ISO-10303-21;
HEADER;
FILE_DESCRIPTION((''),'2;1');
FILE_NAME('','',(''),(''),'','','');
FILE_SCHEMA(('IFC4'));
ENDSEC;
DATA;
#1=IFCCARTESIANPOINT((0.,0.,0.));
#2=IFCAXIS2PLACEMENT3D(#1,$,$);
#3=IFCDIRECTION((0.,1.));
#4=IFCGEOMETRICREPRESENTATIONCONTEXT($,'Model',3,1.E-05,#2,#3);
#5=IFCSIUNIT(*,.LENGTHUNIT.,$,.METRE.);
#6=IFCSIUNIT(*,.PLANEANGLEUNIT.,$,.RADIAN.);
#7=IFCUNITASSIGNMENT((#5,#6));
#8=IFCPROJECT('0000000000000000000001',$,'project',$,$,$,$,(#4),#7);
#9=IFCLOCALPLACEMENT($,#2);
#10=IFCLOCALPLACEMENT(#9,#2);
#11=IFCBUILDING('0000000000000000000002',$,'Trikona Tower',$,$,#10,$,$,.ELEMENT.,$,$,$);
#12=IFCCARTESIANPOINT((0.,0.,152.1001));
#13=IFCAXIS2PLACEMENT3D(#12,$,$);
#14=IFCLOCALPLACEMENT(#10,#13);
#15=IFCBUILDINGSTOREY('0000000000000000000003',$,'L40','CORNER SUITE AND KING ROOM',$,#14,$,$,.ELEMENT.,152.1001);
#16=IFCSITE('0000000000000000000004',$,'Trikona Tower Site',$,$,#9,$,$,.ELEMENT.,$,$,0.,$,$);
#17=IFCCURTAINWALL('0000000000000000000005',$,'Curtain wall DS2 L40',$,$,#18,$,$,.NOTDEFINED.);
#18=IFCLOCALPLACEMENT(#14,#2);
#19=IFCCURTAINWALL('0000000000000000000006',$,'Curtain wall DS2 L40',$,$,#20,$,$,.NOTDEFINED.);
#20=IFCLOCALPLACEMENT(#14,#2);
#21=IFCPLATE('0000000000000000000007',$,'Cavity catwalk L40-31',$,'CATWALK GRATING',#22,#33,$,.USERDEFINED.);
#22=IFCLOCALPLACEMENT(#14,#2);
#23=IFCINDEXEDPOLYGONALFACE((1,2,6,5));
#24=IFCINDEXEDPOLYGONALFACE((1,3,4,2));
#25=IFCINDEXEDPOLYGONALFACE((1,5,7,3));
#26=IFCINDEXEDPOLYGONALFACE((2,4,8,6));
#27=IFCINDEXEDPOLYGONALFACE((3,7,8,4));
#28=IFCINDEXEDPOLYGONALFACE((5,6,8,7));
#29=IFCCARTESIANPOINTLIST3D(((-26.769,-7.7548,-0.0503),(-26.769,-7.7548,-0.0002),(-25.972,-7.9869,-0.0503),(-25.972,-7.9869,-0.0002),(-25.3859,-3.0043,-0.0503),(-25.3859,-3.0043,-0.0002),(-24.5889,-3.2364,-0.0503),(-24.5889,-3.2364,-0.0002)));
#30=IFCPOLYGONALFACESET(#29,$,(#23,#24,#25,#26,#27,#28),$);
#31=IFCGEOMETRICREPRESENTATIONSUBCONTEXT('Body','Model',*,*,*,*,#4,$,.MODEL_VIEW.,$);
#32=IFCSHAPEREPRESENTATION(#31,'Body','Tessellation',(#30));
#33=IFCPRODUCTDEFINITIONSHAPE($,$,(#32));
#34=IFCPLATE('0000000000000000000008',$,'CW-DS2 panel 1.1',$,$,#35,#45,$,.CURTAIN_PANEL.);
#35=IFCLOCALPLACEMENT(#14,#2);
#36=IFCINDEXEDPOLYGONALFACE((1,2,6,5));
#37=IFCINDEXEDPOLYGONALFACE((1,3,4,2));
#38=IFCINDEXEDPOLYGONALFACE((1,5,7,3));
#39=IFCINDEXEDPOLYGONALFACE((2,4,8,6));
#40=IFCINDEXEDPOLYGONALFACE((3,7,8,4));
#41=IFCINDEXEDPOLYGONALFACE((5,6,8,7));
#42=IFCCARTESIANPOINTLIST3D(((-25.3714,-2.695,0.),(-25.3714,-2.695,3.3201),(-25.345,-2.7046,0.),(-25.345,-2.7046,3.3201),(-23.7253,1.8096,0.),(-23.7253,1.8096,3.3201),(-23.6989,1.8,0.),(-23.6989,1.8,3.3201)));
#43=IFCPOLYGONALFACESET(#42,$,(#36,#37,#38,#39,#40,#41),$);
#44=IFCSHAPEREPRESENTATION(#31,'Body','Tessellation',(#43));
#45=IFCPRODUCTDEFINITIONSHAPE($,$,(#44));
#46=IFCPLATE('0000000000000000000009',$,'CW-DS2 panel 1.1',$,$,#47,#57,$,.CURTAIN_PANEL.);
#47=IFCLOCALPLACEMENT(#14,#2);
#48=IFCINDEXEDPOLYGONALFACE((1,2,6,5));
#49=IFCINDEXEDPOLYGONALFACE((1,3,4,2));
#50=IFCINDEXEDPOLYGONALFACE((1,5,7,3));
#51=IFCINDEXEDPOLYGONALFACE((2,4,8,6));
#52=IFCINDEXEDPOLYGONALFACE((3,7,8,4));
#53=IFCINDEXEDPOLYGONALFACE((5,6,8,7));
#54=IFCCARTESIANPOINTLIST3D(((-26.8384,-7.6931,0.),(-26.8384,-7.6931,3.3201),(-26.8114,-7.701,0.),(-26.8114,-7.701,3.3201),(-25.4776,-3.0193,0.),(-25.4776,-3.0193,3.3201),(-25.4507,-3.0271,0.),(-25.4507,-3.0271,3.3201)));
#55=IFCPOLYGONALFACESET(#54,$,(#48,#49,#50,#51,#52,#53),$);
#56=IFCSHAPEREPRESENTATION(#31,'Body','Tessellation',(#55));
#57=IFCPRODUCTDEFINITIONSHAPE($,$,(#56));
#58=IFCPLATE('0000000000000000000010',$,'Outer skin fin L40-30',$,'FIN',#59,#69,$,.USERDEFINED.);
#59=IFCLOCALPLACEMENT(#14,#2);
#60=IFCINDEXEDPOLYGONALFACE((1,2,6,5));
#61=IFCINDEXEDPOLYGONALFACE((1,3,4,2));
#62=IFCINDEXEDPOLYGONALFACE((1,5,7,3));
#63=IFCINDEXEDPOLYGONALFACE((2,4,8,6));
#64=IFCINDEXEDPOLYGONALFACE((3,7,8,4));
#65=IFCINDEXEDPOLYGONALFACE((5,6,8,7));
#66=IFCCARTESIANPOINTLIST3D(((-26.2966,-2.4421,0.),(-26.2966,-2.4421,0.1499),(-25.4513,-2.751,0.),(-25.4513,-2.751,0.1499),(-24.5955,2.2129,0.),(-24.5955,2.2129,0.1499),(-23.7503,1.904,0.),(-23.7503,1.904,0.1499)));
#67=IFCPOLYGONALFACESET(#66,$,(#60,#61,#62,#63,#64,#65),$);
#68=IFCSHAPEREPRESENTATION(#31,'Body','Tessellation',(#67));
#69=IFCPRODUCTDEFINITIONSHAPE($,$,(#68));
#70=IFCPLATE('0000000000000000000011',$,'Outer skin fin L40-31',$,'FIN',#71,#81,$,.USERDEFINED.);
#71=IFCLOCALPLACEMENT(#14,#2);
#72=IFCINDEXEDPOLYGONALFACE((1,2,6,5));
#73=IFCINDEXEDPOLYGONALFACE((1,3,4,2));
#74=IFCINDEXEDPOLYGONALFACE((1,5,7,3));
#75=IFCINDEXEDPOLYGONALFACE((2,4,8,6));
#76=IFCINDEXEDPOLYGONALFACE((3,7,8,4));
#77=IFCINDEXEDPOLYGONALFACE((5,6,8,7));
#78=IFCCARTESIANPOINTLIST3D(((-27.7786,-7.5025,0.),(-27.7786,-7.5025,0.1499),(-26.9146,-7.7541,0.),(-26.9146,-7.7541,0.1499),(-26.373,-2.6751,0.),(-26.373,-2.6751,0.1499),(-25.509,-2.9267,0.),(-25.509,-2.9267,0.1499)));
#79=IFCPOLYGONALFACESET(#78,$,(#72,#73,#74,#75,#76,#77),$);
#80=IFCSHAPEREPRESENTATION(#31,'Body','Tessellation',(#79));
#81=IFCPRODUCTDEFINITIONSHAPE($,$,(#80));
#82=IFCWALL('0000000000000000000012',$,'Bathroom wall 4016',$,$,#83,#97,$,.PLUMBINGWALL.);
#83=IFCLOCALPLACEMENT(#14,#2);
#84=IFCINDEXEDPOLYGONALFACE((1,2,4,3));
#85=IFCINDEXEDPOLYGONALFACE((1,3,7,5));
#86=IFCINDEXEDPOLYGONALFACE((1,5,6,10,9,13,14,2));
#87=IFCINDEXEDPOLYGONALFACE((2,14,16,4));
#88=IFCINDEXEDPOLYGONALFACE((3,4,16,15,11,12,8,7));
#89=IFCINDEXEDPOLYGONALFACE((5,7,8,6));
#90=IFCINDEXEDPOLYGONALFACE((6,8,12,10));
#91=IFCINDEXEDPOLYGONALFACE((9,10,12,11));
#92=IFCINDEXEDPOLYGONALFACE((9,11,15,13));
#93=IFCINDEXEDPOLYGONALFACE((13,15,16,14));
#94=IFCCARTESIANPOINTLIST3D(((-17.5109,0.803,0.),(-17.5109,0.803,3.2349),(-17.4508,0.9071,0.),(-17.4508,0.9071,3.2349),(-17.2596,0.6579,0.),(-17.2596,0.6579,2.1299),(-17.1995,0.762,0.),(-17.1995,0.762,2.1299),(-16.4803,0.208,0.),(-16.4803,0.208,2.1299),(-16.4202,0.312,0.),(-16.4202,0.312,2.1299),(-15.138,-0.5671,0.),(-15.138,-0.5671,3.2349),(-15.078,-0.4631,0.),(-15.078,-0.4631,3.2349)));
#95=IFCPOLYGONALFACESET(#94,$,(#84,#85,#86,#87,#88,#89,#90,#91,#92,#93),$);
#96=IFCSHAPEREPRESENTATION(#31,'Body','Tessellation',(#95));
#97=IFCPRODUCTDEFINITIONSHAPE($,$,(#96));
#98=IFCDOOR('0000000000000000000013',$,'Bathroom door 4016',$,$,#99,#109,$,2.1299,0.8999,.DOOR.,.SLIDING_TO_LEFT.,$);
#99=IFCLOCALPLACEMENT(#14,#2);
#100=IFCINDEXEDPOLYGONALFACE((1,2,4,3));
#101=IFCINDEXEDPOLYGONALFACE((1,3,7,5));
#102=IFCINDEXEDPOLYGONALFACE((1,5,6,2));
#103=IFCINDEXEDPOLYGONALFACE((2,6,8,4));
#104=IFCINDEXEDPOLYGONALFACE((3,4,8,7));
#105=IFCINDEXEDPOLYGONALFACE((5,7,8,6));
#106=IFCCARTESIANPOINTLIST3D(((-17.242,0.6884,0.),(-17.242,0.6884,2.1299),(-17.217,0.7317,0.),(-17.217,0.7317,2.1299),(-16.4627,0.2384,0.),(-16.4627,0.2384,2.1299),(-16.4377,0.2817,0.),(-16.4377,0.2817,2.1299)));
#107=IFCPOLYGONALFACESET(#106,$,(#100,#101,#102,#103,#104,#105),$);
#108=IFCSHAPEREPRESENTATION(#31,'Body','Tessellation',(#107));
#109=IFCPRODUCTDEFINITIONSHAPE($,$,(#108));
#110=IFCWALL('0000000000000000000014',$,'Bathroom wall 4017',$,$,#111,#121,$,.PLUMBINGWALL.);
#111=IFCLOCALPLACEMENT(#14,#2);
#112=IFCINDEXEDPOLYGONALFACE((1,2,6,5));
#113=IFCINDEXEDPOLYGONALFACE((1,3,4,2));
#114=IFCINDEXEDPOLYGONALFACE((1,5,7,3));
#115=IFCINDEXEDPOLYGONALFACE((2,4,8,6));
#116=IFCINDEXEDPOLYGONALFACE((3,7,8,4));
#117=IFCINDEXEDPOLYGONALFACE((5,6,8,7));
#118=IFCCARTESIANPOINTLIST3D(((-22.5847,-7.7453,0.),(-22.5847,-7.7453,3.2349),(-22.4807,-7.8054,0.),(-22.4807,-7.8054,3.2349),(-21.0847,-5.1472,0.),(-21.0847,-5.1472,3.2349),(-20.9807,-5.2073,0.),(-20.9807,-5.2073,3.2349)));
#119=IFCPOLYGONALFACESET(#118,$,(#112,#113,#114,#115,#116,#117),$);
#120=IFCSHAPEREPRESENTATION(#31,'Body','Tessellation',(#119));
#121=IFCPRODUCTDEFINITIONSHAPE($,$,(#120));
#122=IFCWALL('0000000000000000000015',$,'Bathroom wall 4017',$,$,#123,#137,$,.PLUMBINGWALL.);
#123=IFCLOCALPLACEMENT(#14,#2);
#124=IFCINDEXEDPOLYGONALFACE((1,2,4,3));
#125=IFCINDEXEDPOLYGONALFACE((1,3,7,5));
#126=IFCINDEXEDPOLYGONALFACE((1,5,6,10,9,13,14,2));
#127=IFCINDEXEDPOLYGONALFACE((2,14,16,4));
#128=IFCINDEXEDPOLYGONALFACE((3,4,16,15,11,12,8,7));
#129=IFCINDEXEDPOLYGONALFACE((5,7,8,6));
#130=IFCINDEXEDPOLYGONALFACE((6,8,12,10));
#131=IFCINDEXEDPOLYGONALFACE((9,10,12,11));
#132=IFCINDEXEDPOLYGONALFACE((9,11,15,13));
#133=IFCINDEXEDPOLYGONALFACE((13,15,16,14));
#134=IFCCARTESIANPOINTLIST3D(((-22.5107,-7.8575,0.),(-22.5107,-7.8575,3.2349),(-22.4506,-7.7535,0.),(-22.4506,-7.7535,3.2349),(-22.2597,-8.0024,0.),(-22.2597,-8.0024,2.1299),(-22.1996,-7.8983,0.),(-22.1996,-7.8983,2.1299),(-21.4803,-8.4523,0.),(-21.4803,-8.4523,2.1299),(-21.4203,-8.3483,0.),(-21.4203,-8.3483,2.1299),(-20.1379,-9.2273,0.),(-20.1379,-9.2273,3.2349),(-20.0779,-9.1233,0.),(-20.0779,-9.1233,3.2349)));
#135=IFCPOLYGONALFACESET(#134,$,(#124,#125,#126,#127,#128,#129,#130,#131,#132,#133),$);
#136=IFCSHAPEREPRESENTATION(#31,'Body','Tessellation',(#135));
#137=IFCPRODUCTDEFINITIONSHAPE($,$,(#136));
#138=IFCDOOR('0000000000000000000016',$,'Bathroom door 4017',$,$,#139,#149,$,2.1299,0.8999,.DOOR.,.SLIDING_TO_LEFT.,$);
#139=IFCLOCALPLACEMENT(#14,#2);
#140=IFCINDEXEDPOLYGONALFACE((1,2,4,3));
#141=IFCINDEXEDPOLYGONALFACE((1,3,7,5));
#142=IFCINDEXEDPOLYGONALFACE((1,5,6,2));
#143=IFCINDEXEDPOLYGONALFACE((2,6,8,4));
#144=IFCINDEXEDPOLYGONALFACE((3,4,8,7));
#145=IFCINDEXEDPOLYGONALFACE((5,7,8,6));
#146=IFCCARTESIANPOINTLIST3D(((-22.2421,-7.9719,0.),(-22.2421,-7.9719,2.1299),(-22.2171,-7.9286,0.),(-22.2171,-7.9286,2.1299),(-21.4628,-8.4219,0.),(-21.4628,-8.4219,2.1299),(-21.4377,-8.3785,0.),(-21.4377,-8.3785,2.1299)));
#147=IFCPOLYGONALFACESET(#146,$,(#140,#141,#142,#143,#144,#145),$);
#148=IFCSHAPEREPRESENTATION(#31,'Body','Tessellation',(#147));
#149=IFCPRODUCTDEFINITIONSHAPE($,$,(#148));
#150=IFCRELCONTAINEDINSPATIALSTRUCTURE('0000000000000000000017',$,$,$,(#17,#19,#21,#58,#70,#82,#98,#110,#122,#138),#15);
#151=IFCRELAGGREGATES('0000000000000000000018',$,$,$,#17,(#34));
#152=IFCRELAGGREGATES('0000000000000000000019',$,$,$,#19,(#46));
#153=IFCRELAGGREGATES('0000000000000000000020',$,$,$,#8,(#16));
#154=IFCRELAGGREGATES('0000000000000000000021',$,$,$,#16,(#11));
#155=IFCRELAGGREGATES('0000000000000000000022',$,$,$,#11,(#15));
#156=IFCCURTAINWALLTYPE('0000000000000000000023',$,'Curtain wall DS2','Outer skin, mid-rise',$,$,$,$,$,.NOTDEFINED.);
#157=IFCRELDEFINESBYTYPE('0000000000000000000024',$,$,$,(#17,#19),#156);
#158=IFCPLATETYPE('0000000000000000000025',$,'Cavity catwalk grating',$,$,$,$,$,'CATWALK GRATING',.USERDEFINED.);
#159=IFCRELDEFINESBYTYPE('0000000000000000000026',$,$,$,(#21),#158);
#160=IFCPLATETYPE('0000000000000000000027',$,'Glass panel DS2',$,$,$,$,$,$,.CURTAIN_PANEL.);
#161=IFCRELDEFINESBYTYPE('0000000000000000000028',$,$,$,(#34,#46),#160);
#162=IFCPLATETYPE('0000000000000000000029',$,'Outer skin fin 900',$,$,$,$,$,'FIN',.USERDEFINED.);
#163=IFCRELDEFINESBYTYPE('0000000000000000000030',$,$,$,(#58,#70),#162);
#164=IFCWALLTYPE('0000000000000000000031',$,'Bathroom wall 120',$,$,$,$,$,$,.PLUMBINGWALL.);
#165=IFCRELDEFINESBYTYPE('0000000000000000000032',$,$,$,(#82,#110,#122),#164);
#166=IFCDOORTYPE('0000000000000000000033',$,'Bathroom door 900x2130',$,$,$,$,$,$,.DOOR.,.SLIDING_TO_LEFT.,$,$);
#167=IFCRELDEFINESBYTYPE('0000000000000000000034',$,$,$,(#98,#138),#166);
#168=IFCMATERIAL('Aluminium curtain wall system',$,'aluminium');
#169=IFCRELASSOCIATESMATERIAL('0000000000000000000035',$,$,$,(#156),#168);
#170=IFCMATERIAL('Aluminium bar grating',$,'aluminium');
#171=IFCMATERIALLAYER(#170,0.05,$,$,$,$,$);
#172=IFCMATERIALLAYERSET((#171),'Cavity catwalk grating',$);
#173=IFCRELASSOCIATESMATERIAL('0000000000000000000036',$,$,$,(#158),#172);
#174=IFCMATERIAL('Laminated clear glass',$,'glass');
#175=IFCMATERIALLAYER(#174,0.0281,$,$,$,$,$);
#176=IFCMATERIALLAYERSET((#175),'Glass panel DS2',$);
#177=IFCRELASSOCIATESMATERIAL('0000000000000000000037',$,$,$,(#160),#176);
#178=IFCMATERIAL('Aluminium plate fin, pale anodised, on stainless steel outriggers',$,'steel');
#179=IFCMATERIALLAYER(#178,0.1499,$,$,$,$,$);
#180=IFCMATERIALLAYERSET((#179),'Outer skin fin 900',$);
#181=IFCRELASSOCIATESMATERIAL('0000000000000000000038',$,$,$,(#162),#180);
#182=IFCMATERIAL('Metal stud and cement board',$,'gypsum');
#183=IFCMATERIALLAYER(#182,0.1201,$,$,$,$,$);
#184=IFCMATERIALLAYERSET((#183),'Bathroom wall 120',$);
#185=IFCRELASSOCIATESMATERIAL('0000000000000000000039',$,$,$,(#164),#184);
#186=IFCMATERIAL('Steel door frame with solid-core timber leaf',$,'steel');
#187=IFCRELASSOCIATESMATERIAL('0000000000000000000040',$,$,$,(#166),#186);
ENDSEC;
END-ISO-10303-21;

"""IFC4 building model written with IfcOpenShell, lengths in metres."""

from ifc_helpers import new_model, si_unit, direction, frame, frame_2d, origin, origin_2d, place, context, subcontext, project, spatial, rectangle, extrude, material, layer, layer_set, type_object, element, fill, aggregate, save


model = new_model("IFC4")

# Units and contexts
model_context = context("Model", 3, precision=1e-05, world=origin(), true_north=direction((0.0, 1.0)))
body_context = subcontext(model_context, "Body", "Model", "MODEL_VIEW")
ifc_project = project(units=[si_unit("LENGTHUNIT", "METRE"), si_unit("PLANEANGLEUNIT", "RADIAN")], contexts=[model_context])

# Site, building, storey
site_placement = place(None, origin())
site = spatial("IfcSite", under=ifc_project, at=site_placement, Name="Trikona Tower Site", CompositionType="ELEMENT", RefElevation=0.0)
building_placement = place(site_placement, origin())
building = spatial("IfcBuilding", under=site, at=building_placement, Name="Trikona Tower", CompositionType="ELEMENT")
storey_placement = place(building_placement, frame((0.0, 0.0, 152.1001)))
storey = spatial("IfcBuildingStorey", under=building, at=storey_placement, Name="L40", Description="CORNER SUITE AND KING ROOM", CompositionType="ELEMENT", Elevation=152.1001)

# Curtain wall
ifc_material_1 = material(Name="Aluminium curtain wall system", Category="aluminium")
curtain_wall_type = type_object("IfcCurtainWallType", Name="Curtain wall DS2", Description="Outer skin, mid-rise", PredefinedType="NOTDEFINED", material=ifc_material_1)
curtain_wall_1_placement = place(storey_placement, origin())
curtain_wall_1 = element("IfcCurtainWall", 1, at=curtain_wall_1_placement, inside=storey, type_object=curtain_wall_type, Name="Curtain wall DS2 L40", PredefinedType="NOTDEFINED")

# Curtain wall
curtain_wall_2_placement = place(storey_placement, origin())
curtain_wall_2 = element("IfcCurtainWall", 2, at=curtain_wall_2_placement, inside=storey, type_object=curtain_wall_type, Name="Curtain wall DS2 L40", PredefinedType="NOTDEFINED")

# Plate
ifc_material_2 = material(Name="Aluminium bar grating", Category="aluminium")
ifc_layer_1 = layer(ifc_material_2, 0.05)
ifc_layer_set_1 = layer_set([ifc_layer_1], Name="Cavity catwalk grating")
plate_type_1 = type_object("IfcPlateType", Name="Cavity catwalk grating", ElementType="CATWALK GRATING", PredefinedType="USERDEFINED", material=ifc_layer_set_1)
plate_1_placement = place(storey_placement, frame((-25.679, -5.4956, -0.0503), z_axis=(0.0, 0.0, 1.0), x_axis=(-0.279554, -0.96013, 0.0)))
element("IfcPlate", 3, at=plate_1_placement, inside=storey, type_object=plate_type_1, Name="Cavity catwalk L40-31", ObjectType="CATWALK GRATING", PredefinedType="USERDEFINED", context=body_context, shape_type="SweptSolid", body=[
    extrude(rectangle(XDim=4.9478, YDim=0.8301, at=origin_2d()), origin(), (0.0, 0.0, 1.0), 0.05),
])

# Plates
ifc_material_3 = material(Name="Laminated clear glass", Category="glass")
ifc_layer_2 = layer(ifc_material_3, 0.0281)
ifc_layer_set_2 = layer_set([ifc_layer_2], Name="Glass panel DS2")
plate_type_2 = type_object("IfcPlateType", Name="Glass panel DS2", PredefinedType="CURTAIN_PANEL", material=ifc_layer_set_2)
plate_2_placement = place(storey_placement, frame((-24.5352, -0.4475, 0.0), z_axis=(0.0, 0.0, 1.0), x_axis=(-0.343223, -0.939254, 0.0)))
plate_2 = element("IfcPlate", 4, at=plate_2_placement, type_object=plate_type_2, Name="CW-DS2 panel 1.1", PredefinedType="CURTAIN_PANEL", context=body_context, shape_type="SweptSolid", body=[
    extrude(rectangle(XDim=4.7959, YDim=0.0281, at=origin_2d()), origin(), (0.0, 0.0, 1.0), 3.3201),
])
aggregate(curtain_wall_1, [plate_2])
plate_3_placement = place(storey_placement, frame((-26.1445, -5.3601, 0.0), z_axis=(0.0, 0.0, 1.0), x_axis=(-0.279543, -0.960133, 0.0)))
plate_3 = element("IfcPlate", 5, at=plate_3_placement, type_object=plate_type_2, Name="CW-DS2 panel 1.1", PredefinedType="CURTAIN_PANEL", context=body_context, shape_type="SweptSolid", body=[
    extrude(rectangle(XDim=4.8679, YDim=0.0281, at=origin_2d()), origin(), (0.0, 0.0, 1.0), 3.3201),
])
aggregate(curtain_wall_2, [plate_3])

# Plates
ifc_material_4 = material(Name="Aluminium plate fin, pale anodised, on stainless steel outriggers", Category="steel")
ifc_layer_3 = layer(ifc_material_4, 0.1499)
ifc_layer_set_3 = layer_set([ifc_layer_3], Name="Outer skin fin 900")
plate_type_3 = type_object("IfcPlateType", Name="Outer skin fin 900", ElementType="FIN", PredefinedType="USERDEFINED", material=ifc_layer_set_3)
plate_4_placement = place(storey_placement, frame((-25.0234, -0.269, 0.0), z_axis=(0.0, 0.0, 1.0), x_axis=(-0.34322, -0.939255, 0.0)))
element("IfcPlate", 6, at=plate_4_placement, inside=storey, type_object=plate_type_3, Name="Outer skin fin L40-30", ObjectType="FIN", PredefinedType="USERDEFINED", context=body_context, shape_type="SweptSolid", body=[
    extrude(rectangle(XDim=4.9561, YDim=0.8999, at=origin_2d()), origin(), (0.0, 0.0, 1.0), 0.1499),
])
plate_5_placement = place(storey_placement, frame((-26.6438, -5.2146, 0.0), z_axis=(0.0, 0.0, 1.0), x_axis=(-0.279554, -0.96013, 0.0)))
element("IfcPlate", 7, at=plate_5_placement, inside=storey, type_object=plate_type_3, Name="Outer skin fin L40-31", ObjectType="FIN", PredefinedType="USERDEFINED", context=body_context, shape_type="SweptSolid", body=[
    extrude(rectangle(XDim=5.0278, YDim=0.8999, at=origin_2d()), origin(), (0.0, 0.0, 1.0), 0.1499),
])

# Wall, opening, door
ifc_material_5 = material(Name="Metal stud and cement board", Category="gypsum")
ifc_layer_4 = layer(ifc_material_5, 0.1201)
ifc_layer_set_4 = layer_set([ifc_layer_4], Name="Bathroom wall 120")
wall_type_1 = type_object("IfcWallType", Name="Bathroom wall 120", PredefinedType="PLUMBINGWALL", material=ifc_layer_set_4)
wall_1_placement = place(storey_placement, frame((-15.1079, -0.5151, 0.0), z_axis=(0.0, 0.0, 1.0), x_axis=(-0.865997, 0.500049, 0.0)))
wall_1 = element("IfcWall", 8, at=wall_1_placement, inside=storey, type_object=wall_type_1, Name="Bathroom wall 4016", PredefinedType="PLUMBINGWALL", context=body_context, shape_type="SweptSolid", body=[
    extrude(rectangle(XDim=2.74, YDim=0.1201, at=frame_2d((1.3701, 0.0))), origin(), (0.0, 0.0, 1.0), 3.2349),
])
opening_1_placement = place(wall_1_placement, frame((1.55, 0.0, 0.0)))
opening_1 = element("IfcOpeningElement", 9, at=opening_1_placement, cuts=wall_1, PredefinedType="OPENING", context=body_context, shape_type="SweptSolid", body=[
    extrude(rectangle(XDim=0.8999, YDim=2.1299, at=frame_2d((0.45, 1.0649))), frame((0.0, 0.0701, 0.0), z_axis=(0.0, -1.0, 0.0), x_axis=(1.0, 0.0, 0.0)), (0.0, 0.0, 1.0), 0.1401),
])
ifc_material_6 = material(Name="Steel door frame with solid-core timber leaf", Category="steel")
door_type_1 = type_object("IfcDoorType", Name="Bathroom door 900x2130", OperationType="SLIDING_TO_LEFT", PredefinedType="DOOR", material=ifc_material_6)
door_1_placement = place(opening_1_placement, origin())
door_1 = element("IfcDoor", 10, at=door_1_placement, inside=storey, type_object=door_type_1, Name="Bathroom door 4016", OperationType="SLIDING_TO_LEFT", OverallHeight=2.1299, OverallWidth=0.8999, PredefinedType="DOOR", context=body_context, shape_type="SweptSolid", body=[
    extrude(rectangle(XDim=0.8999, YDim=2.1299, at=frame_2d((0.45, 1.0649))), frame((0.0, 0.0249, 0.0), z_axis=(0.0, -1.0, 0.0), x_axis=(1.0, 0.0, 0.0)), (0.0, 0.0, 1.0), 0.05),
])
fill(opening_1, door_1)

# Wall
wall_2_placement = place(storey_placement, frame((-21.0327, -5.1772, 0.0), z_axis=(0.0, 0.0, 1.0), x_axis=(-0.49999, -0.866031, 0.0)))
element("IfcWall", 11, at=wall_2_placement, inside=storey, type_object=wall_type_1, Name="Bathroom wall 4017", PredefinedType="PLUMBINGWALL", context=body_context, shape_type="SweptSolid", body=[
    extrude(rectangle(XDim=3.0, YDim=0.1201, at=frame_2d((1.5, 0.0))), origin(), (0.0, 0.0, 1.0), 3.2349),
])

# Wall, opening, door
wall_3_placement = place(storey_placement, frame((-20.1079, -9.1753, 0.0), z_axis=(0.0, 0.0, 1.0), x_axis=(-0.866036, 0.499982, 0.0)))
wall_3 = element("IfcWall", 12, at=wall_3_placement, inside=storey, type_object=wall_type_1, Name="Bathroom wall 4017", PredefinedType="PLUMBINGWALL", context=body_context, shape_type="SweptSolid", body=[
    extrude(rectangle(XDim=2.7397, YDim=0.1201, at=frame_2d((1.3699, 0.0))), origin(), (0.0, 0.0, 1.0), 3.2349),
])
opening_2_placement = place(wall_3_placement, frame((1.55, 0.0, 0.0)))
opening_2 = element("IfcOpeningElement", 13, at=opening_2_placement, cuts=wall_3, PredefinedType="OPENING", context=body_context, shape_type="SweptSolid", body=[
    extrude(rectangle(XDim=0.8999, YDim=2.1299, at=frame_2d((0.45, 1.0649))), frame((0.0, 0.0701, 0.0), z_axis=(0.0, -1.0, 0.0), x_axis=(1.0, 0.0, 0.0)), (0.0, 0.0, 1.0), 0.1401),
])
door_2_placement = place(opening_2_placement, origin())
door_2 = element("IfcDoor", 14, at=door_2_placement, inside=storey, type_object=door_type_1, Name="Bathroom door 4017", OperationType="SLIDING_TO_LEFT", OverallHeight=2.1299, OverallWidth=0.8999, PredefinedType="DOOR", context=body_context, shape_type="SweptSolid", body=[
    extrude(rectangle(XDim=0.8999, YDim=2.1299, at=frame_2d((0.45, 1.0649))), frame((0.0, 0.0249, 0.0), z_axis=(0.0, -1.0, 0.0), x_axis=(1.0, 0.0, 0.0)), (0.0, 0.0, 1.0), 0.05),
])
fill(opening_2, door_2)

save(model, "model.ifc")
